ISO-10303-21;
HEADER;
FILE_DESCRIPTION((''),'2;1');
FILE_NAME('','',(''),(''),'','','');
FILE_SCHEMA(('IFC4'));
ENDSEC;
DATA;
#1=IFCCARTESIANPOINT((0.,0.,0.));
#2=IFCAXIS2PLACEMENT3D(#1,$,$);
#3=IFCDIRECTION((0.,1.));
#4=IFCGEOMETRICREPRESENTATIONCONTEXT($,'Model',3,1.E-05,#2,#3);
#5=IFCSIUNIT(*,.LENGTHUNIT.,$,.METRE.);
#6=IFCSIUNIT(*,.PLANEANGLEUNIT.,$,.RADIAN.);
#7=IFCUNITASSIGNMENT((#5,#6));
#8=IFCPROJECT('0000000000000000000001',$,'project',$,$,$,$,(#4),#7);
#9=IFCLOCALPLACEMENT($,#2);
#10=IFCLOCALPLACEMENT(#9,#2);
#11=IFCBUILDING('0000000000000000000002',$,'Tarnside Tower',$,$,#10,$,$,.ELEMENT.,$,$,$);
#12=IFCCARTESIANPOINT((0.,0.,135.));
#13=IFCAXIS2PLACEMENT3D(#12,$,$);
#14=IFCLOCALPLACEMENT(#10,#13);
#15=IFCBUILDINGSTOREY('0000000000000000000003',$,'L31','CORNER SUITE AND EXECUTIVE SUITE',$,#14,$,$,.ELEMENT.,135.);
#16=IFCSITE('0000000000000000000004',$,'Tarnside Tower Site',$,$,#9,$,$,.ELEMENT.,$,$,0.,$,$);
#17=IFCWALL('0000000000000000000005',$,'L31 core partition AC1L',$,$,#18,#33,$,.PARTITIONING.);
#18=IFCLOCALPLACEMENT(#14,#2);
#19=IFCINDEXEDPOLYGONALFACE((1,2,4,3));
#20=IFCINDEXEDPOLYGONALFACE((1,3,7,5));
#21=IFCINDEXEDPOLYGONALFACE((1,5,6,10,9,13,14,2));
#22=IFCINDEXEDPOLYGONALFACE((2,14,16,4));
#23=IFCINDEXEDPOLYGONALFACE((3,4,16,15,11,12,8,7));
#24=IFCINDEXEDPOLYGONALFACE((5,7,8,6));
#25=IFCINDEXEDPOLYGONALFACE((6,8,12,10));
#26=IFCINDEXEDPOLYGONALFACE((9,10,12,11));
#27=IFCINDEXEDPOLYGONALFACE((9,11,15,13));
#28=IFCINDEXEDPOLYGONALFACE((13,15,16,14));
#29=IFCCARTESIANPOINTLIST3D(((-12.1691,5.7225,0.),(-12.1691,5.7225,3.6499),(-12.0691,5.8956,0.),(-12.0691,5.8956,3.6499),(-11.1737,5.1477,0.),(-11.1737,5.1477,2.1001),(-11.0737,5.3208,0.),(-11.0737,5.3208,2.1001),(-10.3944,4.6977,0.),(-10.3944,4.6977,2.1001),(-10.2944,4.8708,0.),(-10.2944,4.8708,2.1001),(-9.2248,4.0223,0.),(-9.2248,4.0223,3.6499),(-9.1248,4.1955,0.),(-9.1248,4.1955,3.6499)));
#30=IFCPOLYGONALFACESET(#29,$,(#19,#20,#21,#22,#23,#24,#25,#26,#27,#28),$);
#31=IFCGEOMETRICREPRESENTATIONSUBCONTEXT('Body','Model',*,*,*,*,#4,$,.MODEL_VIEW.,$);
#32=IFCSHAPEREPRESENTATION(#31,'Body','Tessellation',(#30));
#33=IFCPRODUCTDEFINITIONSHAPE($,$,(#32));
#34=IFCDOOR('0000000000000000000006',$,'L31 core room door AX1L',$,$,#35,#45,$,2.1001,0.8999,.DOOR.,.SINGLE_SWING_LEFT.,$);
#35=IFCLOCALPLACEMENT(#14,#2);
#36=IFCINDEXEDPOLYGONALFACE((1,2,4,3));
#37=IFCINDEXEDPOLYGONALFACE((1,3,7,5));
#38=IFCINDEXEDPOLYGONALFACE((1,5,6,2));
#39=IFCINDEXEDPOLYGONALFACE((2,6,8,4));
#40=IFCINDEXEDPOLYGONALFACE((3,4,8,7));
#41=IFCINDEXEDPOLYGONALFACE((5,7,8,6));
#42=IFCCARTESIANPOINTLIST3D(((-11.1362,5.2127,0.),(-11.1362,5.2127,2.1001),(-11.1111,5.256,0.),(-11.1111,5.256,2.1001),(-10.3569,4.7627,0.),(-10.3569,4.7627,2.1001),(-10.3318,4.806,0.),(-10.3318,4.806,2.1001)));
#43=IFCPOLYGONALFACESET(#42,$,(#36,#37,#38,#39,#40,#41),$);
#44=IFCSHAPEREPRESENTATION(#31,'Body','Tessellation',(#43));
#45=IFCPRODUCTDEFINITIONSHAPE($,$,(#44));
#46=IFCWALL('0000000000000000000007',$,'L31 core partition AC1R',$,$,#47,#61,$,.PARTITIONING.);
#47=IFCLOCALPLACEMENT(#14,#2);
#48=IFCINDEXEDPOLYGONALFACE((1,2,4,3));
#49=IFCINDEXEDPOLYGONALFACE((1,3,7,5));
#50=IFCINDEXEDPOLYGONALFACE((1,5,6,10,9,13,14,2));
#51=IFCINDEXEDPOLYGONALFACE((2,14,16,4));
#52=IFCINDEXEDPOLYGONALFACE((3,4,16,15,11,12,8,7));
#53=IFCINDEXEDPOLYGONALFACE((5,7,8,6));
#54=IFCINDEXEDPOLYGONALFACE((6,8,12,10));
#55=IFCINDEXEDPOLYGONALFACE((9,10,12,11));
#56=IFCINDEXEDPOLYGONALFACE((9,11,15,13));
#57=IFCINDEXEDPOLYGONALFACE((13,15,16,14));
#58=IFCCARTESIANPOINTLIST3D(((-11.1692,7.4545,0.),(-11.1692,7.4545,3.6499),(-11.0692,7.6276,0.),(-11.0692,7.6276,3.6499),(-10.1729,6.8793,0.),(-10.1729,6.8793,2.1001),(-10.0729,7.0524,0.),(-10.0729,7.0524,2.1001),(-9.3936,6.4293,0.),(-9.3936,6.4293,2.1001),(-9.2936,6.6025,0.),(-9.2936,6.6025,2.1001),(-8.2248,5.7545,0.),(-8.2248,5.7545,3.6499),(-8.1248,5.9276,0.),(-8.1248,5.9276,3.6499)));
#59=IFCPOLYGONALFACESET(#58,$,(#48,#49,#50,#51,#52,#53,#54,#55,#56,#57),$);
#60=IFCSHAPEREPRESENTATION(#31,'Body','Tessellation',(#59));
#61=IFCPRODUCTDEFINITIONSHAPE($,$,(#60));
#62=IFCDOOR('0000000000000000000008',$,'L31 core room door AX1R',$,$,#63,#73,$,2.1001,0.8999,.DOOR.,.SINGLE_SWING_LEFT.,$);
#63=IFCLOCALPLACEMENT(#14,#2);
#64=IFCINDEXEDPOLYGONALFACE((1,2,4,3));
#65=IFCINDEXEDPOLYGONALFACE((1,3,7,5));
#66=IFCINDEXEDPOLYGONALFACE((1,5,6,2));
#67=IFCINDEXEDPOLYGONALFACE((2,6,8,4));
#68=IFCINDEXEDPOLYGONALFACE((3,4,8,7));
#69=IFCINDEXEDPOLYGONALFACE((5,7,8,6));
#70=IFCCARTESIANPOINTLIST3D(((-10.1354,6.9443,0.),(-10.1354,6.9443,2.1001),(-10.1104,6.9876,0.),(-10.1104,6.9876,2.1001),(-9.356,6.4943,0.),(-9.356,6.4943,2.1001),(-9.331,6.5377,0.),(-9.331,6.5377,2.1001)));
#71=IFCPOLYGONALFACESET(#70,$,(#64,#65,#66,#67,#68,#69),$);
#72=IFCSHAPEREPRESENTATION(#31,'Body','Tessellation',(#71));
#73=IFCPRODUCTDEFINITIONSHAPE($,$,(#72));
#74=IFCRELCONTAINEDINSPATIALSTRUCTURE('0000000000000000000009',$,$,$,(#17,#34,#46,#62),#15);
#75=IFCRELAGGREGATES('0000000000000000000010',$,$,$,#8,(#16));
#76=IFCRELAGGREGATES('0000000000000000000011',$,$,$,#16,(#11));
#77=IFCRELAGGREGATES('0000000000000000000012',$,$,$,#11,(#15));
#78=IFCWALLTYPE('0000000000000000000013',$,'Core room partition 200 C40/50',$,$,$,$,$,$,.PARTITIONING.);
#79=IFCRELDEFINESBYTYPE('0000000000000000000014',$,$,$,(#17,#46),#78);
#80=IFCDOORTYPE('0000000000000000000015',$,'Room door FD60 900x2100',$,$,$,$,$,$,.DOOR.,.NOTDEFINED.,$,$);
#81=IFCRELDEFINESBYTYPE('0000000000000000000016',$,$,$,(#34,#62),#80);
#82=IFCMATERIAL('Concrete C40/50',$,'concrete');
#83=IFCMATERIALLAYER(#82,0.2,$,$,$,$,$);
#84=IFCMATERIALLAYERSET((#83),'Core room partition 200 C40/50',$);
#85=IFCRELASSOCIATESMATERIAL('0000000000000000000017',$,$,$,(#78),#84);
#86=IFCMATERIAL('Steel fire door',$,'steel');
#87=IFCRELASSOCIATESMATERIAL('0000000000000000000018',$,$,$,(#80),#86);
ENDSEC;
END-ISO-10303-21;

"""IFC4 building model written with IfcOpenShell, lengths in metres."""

from ifc_helpers import new_model, si_unit, direction, frame, frame_2d, origin, place, context, subcontext, project, spatial, rectangle, extrude, material, layer, layer_set, type_object, element, fill, save


model = new_model("IFC4")

# Units and contexts
model_context = context("Model", 3, precision=1e-05, world=origin(), true_north=direction((0.0, 1.0)))
body_context = subcontext(model_context, "Body", "Model", "MODEL_VIEW")
ifc_project = project(units=[si_unit("LENGTHUNIT", "METRE"), si_unit("PLANEANGLEUNIT", "RADIAN")], contexts=[model_context])

# Site, building, storey
site_placement = place(None, origin())
site = spatial("IfcSite", under=ifc_project, at=site_placement, Name="Tarnside Tower Site", CompositionType="ELEMENT", RefElevation=0.0)
building_placement = place(site_placement, origin())
building = spatial("IfcBuilding", under=site, at=building_placement, Name="Tarnside Tower", CompositionType="ELEMENT")
storey_placement = place(building_placement, frame((0.0, 0.0, 135.0)))
storey = spatial("IfcBuildingStorey", under=building, at=storey_placement, Name="L31", Description="CORNER SUITE AND EXECUTIVE SUITE", CompositionType="ELEMENT", Elevation=135.0)

# Walls, openings, doors
ifc_material_1 = material(Name="Concrete C40/50", Category="concrete")
ifc_layer_1 = layer(ifc_material_1, 0.2)
ifc_layer_set_1 = layer_set([ifc_layer_1], Name="Core room partition 200 C40/50")
wall_type_1 = type_object("IfcWallType", Name="Core room partition 200 C40/50", PredefinedType="PARTITIONING", material=ifc_layer_set_1)
wall_1_placement = place(storey_placement, frame((-9.1748, 4.1089, 0.0), z_axis=(0.0, 0.0, 1.0), x_axis=(-0.865989, 0.500062, 0.0)))
wall_1 = element("IfcWall", 1, at=wall_1_placement, inside=storey, type_object=wall_type_1, Name="L31 core partition AC1L", PredefinedType="PARTITIONING", context=body_context, shape_type="SweptSolid", body=[
    extrude(rectangle(XDim=3.3999, YDim=0.2, at=frame_2d((1.7, 0.0))), origin(), (0.0, 0.0, 1.0), 3.6499),
])
opening_1_placement = place(wall_1_placement, frame((1.3506, 0.0, 0.0)))
opening_1 = element("IfcOpeningElement", 2, at=opening_1_placement, cuts=wall_1, PredefinedType="OPENING", context=body_context, shape_type="SweptSolid", body=[
    extrude(rectangle(XDim=0.8999, YDim=2.1001, at=frame_2d((0.45, 1.05))), frame((0.0, 0.1099, 0.0), z_axis=(0.0, -1.0, 0.0), x_axis=(1.0, 0.0, 0.0)), (0.0, 0.0, 1.0), 0.22),
])
ifc_material_2 = material(Name="Steel fire door", Category="steel")
door_type_1 = type_object("IfcDoorType", Name="Room door FD60 900x2100", OperationType="NOTDEFINED", PredefinedType="DOOR", material=ifc_material_2)
door_1_placement = place(opening_1_placement, origin())
door_1 = element("IfcDoor", 3, at=door_1_placement, inside=storey, type_object=door_type_1, Name="L31 core room door AX1L", OperationType="SINGLE_SWING_LEFT", OverallHeight=2.1001, OverallWidth=0.8999, PredefinedType="DOOR", context=body_context, shape_type="SweptSolid", body=[
    extrude(rectangle(XDim=0.8999, YDim=2.1001, at=frame_2d((0.45, 1.05))), frame((0.0, 0.0249, 0.0), z_axis=(0.0, -1.0, 0.0), x_axis=(1.0, 0.0, 0.0)), (0.0, 0.0, 1.0), 0.05),
])
fill(opening_1, door_1)
wall_2_placement = place(storey_placement, frame((-8.1748, 5.8411, 0.0), z_axis=(0.0, 0.0, 1.0), x_axis=(-0.866021, 0.500008, 0.0)))
wall_2 = element("IfcWall", 4, at=wall_2_placement, inside=storey, type_object=wall_type_1, Name="L31 core partition AC1R", PredefinedType="PARTITIONING", context=body_context, shape_type="SweptSolid", body=[
    extrude(rectangle(XDim=3.3999, YDim=0.2, at=frame_2d((1.7, 0.0))), origin(), (0.0, 0.0, 1.0), 3.6499),
])
opening_2_placement = place(wall_2_placement, frame((1.3496, 0.0, 0.0)))
opening_2 = element("IfcOpeningElement", 5, at=opening_2_placement, cuts=wall_2, PredefinedType="OPENING", context=body_context, shape_type="SweptSolid", body=[
    extrude(rectangle(XDim=0.8999, YDim=2.1001, at=frame_2d((0.45, 1.05))), frame((0.0, 0.1099, 0.0), z_axis=(0.0, -1.0, 0.0), x_axis=(1.0, 0.0, 0.0)), (0.0, 0.0, 1.0), 0.22),
])
door_2_placement = place(opening_2_placement, origin())
door_2 = element("IfcDoor", 6, at=door_2_placement, inside=storey, type_object=door_type_1, Name="L31 core room door AX1R", OperationType="SINGLE_SWING_LEFT", OverallHeight=2.1001, OverallWidth=0.8999, PredefinedType="DOOR", context=body_context, shape_type="SweptSolid", body=[
    extrude(rectangle(XDim=0.8999, YDim=2.1001, at=frame_2d((0.45, 1.05))), frame((0.0, 0.0249, 0.0), z_axis=(0.0, -1.0, 0.0), x_axis=(1.0, 0.0, 0.0)), (0.0, 0.0, 1.0), 0.05),
])
fill(opening_2, door_2)

save(model, "model.ifc")
